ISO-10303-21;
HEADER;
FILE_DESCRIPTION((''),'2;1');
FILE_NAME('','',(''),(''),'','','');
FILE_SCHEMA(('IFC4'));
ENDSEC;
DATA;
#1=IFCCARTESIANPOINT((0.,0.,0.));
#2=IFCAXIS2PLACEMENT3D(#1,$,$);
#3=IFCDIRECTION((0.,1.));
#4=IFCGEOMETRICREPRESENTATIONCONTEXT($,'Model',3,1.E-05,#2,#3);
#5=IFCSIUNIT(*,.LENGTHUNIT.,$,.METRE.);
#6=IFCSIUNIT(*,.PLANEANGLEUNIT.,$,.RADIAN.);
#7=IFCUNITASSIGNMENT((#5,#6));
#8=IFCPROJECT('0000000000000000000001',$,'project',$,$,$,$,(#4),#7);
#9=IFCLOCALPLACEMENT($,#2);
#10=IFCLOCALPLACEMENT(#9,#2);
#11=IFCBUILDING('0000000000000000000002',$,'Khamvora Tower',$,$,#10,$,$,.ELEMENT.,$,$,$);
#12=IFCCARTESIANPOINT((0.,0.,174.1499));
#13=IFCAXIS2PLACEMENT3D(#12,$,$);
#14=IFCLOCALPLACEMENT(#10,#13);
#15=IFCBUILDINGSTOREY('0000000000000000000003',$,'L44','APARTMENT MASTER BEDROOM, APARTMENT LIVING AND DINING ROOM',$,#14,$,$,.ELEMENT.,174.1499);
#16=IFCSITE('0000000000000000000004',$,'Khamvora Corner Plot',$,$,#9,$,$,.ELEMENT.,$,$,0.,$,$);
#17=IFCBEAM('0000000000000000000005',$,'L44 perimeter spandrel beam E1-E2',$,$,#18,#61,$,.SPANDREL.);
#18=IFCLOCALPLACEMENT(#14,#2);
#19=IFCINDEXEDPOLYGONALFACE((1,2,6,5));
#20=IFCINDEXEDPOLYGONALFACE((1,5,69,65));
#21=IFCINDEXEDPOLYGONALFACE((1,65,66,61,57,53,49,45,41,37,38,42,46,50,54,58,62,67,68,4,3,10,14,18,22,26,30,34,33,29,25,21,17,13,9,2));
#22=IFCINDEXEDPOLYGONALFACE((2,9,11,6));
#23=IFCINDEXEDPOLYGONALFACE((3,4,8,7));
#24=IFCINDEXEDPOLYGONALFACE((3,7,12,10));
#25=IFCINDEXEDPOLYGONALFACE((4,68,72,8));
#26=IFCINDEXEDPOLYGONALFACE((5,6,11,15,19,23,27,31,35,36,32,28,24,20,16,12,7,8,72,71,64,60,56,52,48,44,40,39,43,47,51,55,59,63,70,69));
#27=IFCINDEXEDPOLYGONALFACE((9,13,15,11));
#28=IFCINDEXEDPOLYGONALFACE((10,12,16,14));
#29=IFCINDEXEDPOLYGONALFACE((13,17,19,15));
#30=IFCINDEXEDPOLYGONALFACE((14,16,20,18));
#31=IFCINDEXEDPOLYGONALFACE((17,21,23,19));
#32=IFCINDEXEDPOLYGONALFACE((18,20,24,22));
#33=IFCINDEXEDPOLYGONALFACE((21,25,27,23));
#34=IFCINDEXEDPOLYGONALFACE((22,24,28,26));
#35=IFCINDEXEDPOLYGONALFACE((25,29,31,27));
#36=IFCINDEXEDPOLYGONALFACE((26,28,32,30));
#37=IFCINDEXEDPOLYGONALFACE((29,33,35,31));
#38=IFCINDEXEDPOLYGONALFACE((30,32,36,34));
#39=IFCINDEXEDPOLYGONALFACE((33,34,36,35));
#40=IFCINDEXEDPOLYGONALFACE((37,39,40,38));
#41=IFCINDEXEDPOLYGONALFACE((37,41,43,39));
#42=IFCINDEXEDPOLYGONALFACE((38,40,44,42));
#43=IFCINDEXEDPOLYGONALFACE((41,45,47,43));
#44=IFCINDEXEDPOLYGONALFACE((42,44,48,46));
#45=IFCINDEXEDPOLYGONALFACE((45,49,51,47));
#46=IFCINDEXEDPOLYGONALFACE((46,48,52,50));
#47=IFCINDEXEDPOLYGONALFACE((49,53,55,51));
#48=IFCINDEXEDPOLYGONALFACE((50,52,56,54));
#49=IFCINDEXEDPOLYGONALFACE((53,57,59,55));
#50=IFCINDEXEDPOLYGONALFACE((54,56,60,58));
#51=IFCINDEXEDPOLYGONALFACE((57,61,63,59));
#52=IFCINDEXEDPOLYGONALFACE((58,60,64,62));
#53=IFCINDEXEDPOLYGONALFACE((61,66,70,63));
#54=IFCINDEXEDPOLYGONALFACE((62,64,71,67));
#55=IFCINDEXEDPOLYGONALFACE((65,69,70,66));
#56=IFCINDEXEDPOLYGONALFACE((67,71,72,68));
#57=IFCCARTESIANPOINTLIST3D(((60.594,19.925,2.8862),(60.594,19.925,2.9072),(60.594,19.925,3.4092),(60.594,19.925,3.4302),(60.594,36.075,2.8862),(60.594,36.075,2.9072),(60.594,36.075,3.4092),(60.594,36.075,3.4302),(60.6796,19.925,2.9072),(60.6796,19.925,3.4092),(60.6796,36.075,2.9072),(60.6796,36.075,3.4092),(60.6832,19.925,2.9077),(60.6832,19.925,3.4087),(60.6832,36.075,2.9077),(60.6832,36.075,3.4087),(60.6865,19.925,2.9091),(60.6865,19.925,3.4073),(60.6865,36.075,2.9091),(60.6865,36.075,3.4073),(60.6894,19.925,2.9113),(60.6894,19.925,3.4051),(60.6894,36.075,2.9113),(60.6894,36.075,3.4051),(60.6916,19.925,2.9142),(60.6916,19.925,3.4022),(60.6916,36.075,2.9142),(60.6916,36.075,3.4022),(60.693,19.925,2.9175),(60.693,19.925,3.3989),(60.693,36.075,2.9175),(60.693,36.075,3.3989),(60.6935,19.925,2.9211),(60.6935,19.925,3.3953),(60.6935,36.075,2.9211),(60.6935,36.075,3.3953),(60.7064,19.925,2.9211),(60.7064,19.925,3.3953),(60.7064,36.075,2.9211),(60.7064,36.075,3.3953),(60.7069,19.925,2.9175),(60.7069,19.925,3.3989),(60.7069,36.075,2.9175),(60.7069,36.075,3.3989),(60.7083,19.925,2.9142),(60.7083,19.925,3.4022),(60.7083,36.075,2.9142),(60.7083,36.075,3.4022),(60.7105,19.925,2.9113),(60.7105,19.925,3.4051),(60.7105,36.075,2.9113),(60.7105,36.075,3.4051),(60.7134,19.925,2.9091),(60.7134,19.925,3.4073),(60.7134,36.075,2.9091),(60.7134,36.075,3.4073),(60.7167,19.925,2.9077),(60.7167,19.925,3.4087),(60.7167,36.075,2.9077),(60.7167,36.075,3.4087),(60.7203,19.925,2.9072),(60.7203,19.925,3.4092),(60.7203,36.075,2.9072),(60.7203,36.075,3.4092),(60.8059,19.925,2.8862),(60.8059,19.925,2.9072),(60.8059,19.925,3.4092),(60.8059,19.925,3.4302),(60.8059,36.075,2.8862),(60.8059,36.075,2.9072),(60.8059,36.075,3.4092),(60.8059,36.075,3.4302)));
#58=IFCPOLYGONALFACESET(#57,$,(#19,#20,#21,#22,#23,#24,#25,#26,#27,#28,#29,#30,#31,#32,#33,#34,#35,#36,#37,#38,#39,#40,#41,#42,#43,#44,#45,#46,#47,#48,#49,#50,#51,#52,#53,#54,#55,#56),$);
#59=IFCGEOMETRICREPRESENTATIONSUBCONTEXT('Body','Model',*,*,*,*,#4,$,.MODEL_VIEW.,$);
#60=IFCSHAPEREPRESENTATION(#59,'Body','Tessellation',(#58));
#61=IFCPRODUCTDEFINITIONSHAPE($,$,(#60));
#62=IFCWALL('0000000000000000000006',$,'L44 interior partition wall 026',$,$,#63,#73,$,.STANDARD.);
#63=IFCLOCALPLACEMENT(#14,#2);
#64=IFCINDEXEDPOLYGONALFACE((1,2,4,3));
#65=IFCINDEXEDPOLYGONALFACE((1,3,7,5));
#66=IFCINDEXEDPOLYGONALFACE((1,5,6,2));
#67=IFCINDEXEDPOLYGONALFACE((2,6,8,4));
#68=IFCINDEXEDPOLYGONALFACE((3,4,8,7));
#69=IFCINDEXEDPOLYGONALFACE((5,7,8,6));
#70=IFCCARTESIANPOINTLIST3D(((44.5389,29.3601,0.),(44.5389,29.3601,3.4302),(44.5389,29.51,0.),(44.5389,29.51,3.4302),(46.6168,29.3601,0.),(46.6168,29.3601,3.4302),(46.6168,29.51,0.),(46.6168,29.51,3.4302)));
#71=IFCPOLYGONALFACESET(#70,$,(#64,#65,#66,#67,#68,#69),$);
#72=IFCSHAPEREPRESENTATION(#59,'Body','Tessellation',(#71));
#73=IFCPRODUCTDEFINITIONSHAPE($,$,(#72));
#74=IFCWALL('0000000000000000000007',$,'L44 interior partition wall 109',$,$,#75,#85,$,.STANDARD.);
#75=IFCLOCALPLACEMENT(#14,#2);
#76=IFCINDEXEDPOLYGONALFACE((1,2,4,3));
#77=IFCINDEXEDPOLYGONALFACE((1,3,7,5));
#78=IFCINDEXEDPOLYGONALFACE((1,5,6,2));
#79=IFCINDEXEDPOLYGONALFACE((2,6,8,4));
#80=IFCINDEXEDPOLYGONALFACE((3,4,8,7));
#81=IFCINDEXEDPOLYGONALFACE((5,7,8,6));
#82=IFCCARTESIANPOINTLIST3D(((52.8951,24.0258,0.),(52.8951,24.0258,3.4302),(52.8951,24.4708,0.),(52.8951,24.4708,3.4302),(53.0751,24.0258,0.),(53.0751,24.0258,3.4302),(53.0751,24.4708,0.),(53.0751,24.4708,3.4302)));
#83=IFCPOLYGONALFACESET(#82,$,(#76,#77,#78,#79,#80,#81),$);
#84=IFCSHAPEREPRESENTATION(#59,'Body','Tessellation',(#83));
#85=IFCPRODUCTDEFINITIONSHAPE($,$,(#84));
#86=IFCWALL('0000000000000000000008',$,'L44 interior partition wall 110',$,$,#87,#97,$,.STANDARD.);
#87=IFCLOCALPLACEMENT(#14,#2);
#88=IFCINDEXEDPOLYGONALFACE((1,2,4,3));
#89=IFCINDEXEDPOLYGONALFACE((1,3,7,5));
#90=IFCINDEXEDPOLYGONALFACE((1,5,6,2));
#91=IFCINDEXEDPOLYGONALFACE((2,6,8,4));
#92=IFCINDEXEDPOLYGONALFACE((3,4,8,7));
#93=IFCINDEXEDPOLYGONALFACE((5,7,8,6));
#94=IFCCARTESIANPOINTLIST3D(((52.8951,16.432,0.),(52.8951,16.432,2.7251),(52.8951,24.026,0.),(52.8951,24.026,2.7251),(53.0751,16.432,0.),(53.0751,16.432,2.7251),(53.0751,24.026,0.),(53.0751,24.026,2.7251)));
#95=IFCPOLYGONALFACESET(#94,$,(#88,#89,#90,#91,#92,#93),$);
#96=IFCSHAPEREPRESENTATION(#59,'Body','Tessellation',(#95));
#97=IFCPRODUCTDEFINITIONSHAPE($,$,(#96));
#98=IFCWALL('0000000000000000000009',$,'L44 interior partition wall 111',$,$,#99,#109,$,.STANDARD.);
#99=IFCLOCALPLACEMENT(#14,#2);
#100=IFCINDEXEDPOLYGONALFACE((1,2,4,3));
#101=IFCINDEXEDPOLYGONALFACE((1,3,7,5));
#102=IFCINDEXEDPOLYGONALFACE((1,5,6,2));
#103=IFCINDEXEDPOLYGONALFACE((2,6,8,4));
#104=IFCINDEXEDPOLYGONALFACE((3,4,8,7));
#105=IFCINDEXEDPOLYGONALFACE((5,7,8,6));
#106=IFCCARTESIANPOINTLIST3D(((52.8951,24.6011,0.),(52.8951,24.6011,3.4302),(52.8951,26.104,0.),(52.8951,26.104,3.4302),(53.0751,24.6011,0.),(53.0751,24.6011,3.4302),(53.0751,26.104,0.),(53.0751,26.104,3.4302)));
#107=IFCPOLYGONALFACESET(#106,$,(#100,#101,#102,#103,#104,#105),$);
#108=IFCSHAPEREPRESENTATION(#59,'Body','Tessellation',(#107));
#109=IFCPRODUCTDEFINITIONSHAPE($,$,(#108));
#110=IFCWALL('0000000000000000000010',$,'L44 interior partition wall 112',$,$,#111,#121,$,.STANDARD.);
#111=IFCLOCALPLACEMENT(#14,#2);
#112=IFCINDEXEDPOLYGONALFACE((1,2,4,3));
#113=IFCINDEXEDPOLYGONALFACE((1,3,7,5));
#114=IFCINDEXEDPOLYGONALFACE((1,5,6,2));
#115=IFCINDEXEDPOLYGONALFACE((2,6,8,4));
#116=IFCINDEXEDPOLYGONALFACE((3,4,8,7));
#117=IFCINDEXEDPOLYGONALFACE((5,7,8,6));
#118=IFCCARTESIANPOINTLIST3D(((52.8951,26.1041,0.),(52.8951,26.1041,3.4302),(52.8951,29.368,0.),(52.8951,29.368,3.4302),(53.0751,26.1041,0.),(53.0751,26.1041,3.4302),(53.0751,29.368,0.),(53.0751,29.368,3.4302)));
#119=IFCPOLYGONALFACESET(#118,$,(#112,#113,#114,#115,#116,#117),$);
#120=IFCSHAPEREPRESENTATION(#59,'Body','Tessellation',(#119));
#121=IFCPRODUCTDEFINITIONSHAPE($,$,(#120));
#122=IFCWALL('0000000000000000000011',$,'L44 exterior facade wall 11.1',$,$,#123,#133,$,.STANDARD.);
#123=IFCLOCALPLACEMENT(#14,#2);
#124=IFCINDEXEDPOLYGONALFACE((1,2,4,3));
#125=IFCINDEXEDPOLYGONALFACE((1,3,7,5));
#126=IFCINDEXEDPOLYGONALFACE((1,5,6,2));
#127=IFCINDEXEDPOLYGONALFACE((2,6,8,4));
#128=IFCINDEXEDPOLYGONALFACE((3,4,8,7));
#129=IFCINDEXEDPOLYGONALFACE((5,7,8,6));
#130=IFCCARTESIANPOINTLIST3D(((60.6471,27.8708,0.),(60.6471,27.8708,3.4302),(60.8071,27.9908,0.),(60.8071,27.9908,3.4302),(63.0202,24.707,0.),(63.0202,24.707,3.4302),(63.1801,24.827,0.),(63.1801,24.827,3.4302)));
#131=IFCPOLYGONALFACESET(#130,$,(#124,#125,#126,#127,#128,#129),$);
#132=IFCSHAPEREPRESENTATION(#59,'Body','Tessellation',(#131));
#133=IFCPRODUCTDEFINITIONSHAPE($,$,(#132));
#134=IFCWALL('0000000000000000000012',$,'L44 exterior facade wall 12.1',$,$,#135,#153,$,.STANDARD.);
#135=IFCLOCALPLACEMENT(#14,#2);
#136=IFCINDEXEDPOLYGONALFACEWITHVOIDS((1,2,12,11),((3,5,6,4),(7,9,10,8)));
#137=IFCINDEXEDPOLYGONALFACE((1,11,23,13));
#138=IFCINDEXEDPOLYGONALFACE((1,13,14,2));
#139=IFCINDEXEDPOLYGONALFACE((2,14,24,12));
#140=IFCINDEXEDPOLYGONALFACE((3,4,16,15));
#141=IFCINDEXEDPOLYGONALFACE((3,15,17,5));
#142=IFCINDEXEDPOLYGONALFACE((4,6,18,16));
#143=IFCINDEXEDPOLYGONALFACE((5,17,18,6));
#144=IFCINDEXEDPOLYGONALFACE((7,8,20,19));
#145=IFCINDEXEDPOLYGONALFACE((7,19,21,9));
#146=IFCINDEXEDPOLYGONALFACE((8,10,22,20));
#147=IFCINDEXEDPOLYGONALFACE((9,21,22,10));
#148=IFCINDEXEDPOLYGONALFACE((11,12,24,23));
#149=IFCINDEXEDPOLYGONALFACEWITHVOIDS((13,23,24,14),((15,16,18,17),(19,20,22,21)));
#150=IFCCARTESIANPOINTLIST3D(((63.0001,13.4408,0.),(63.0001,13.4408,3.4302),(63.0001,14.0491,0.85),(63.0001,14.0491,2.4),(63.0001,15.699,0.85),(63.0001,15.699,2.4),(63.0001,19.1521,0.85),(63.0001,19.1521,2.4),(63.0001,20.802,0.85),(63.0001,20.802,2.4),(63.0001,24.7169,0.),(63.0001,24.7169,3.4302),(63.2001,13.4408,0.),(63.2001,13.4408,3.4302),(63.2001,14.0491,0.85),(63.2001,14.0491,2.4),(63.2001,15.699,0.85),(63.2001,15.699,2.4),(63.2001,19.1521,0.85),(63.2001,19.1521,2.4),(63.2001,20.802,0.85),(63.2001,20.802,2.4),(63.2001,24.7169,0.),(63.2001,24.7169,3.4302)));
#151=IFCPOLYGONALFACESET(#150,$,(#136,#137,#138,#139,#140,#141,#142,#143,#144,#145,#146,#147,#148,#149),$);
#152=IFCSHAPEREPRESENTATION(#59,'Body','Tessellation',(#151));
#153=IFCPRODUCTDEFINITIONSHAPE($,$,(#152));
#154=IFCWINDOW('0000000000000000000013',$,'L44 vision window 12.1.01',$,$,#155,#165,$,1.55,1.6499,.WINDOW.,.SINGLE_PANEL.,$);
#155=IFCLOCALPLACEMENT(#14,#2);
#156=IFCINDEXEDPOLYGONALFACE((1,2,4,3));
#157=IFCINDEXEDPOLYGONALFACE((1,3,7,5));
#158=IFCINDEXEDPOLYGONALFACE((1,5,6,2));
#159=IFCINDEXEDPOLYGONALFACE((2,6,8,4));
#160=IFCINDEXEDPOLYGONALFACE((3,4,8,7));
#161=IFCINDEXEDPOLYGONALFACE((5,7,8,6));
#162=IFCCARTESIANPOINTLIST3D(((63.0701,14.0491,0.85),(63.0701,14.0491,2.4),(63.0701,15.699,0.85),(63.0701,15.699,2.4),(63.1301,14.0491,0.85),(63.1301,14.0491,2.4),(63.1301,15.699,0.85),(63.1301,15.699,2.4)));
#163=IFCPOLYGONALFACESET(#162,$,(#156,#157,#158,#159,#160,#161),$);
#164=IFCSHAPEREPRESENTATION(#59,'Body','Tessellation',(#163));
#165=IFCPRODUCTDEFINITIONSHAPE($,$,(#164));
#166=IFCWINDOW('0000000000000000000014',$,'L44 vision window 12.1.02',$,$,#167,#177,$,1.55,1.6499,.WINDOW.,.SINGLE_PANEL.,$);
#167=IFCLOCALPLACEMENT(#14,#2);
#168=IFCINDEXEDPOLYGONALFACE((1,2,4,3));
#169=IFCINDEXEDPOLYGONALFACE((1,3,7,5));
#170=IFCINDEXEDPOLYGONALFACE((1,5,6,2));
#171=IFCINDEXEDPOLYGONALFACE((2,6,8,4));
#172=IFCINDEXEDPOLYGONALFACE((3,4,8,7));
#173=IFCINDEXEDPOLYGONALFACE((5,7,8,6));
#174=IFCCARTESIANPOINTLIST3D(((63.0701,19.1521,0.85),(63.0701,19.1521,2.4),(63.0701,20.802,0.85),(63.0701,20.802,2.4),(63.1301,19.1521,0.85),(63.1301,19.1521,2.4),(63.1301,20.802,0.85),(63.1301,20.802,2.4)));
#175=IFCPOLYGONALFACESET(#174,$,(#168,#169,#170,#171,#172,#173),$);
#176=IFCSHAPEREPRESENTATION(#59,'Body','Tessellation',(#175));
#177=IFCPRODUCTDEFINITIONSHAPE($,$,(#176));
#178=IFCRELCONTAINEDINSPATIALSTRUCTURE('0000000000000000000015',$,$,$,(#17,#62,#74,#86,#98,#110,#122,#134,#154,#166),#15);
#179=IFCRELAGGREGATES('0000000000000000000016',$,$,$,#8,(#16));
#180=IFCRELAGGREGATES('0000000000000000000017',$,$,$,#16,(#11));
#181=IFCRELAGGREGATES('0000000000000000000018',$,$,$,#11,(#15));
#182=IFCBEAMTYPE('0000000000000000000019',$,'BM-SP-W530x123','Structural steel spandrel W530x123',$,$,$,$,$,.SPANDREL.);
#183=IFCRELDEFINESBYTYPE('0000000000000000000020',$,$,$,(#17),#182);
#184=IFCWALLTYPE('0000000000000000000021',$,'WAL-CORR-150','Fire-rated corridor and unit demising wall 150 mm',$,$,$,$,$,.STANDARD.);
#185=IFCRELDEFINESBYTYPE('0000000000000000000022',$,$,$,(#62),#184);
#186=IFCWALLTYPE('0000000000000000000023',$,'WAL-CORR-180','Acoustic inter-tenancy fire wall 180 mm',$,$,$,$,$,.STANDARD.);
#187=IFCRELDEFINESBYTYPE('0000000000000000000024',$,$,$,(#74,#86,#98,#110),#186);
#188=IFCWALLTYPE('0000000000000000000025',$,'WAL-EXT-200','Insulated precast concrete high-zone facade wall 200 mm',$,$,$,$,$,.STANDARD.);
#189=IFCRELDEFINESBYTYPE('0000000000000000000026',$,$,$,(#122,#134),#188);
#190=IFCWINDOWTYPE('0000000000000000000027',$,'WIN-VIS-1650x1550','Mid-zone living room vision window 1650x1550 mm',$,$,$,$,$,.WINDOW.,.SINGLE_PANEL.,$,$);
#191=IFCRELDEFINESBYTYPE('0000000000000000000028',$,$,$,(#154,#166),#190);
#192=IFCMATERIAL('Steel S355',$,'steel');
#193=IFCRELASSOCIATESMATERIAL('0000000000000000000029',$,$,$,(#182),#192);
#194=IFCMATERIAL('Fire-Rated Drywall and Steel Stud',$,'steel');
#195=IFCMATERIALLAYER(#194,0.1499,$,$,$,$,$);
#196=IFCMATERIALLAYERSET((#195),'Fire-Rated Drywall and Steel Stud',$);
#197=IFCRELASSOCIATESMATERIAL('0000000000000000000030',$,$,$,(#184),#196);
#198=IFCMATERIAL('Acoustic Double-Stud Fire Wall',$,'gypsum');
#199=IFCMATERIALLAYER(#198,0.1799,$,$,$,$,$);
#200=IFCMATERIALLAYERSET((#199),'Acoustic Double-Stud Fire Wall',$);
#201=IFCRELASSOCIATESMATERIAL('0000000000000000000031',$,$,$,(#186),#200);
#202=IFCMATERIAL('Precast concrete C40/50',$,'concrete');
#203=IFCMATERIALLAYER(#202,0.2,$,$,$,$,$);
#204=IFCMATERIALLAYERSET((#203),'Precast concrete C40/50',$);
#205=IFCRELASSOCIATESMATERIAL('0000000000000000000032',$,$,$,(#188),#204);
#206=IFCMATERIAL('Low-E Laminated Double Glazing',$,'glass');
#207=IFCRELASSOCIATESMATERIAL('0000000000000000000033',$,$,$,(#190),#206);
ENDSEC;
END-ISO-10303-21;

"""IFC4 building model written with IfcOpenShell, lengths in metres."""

from ifc_helpers import new_model, si_unit, direction, frame, frame_2d, origin, origin_2d, place, context, subcontext, project, spatial, rectangle, i_section, extrude, material, layer, layer_set, material_profile, profile_set, type_object, element, fill, save


model = new_model("IFC4")

# Units and contexts
model_context = context("Model", 3, precision=1e-05, world=origin(), true_north=direction((0.0, 1.0)))
body_context = subcontext(model_context, "Body", "Model", "MODEL_VIEW")
ifc_project = project(units=[si_unit("LENGTHUNIT", "METRE"), si_unit("PLANEANGLEUNIT", "RADIAN")], contexts=[model_context])

# Site, building, storey
site_placement = place(None, origin())
site = spatial("IfcSite", under=ifc_project, at=site_placement, Name="Khamvora Corner Plot", CompositionType="ELEMENT", RefElevation=0.0)
building_placement = place(site_placement, origin())
building = spatial("IfcBuilding", under=site, at=building_placement, Name="Khamvora Tower", CompositionType="ELEMENT")
storey_placement = place(building_placement, frame((0.0, 0.0, 174.1499)))
storey = spatial("IfcBuildingStorey", under=building, at=storey_placement, Name="L44", Description="APARTMENT MASTER BEDROOM, APARTMENT LIVING AND DINING ROOM", CompositionType="ELEMENT", Elevation=174.1499)

# Beam
ifc_material_1 = material(Name="Steel S355", Category="steel")
ifc_material_profile = material_profile(ifc_material_1, i_section(OverallWidth=0.2119, OverallDepth=0.5439, WebThickness=0.0129, FlangeThickness=0.021, FilletRadius=0.0139, at=origin_2d()), Name="W530x123")
ifc_profile_set = profile_set([ifc_material_profile], Name="Steel S355")
beam_type = type_object("IfcBeamType", Name="BM-SP-W530x123", Description="Structural steel spandrel W530x123", PredefinedType="SPANDREL", material=ifc_profile_set)
beam_placement = place(storey_placement, frame((60.7, 19.925, 3.1582), z_axis=(0.0, 1.0, 0.0), x_axis=(-1.0, 0.0, 0.0)))
element("IfcBeam", 1, at=beam_placement, inside=storey, type_object=beam_type, Name="L44 perimeter spandrel beam E1-E2", PredefinedType="SPANDREL", context=body_context, shape_type="SweptSolid", body=[
    extrude(i_section(OverallWidth=0.2119, OverallDepth=0.5439, WebThickness=0.0129, FlangeThickness=0.021, FilletRadius=0.0139, at=origin_2d()), origin(), (0.0, 0.0, 1.0), 16.1499),
])

# Walls
ifc_material_2 = material(Name="Fire-Rated Drywall and Steel Stud", Category="steel")
ifc_layer_1 = layer(ifc_material_2, 0.1499)
ifc_layer_set_1 = layer_set([ifc_layer_1], Name="Fire-Rated Drywall and Steel Stud")
wall_type_1 = type_object("IfcWallType", Name="WAL-CORR-150", Description="Fire-rated corridor and unit demising wall 150 mm", PredefinedType="STANDARD", material=ifc_layer_set_1)
wall_1_placement = place(storey_placement, frame((46.6169, 29.4351, 0.0), z_axis=(0.0, 0.0, 1.0), x_axis=(-1.0, 0.0, 0.0)))
element("IfcWall", 2, at=wall_1_placement, inside=storey, type_object=wall_type_1, Name="L44 interior partition wall 026", PredefinedType="STANDARD", context=body_context, shape_type="SweptSolid", body=[
    extrude(rectangle(XDim=2.0779, YDim=0.1499, at=frame_2d((1.0391, 0.0))), origin(), (0.0, 0.0, 1.0), 3.4302),
])
ifc_material_3 = material(Name="Acoustic Double-Stud Fire Wall", Category="gypsum")
ifc_layer_2 = layer(ifc_material_3, 0.1799)
ifc_layer_set_2 = layer_set([ifc_layer_2], Name="Acoustic Double-Stud Fire Wall")
wall_type_2 = type_object("IfcWallType", Name="WAL-CORR-180", Description="Acoustic inter-tenancy fire wall 180 mm", PredefinedType="STANDARD", material=ifc_layer_set_2)
wall_2_placement = place(storey_placement, frame((52.9851, 24.4709, 0.0), z_axis=(0.0, 0.0, 1.0), x_axis=(0.0, -1.0, 0.0)))
element("IfcWall", 3, at=wall_2_placement, inside=storey, type_object=wall_type_2, Name="L44 interior partition wall 109", PredefinedType="STANDARD", context=body_context, shape_type="SweptSolid", body=[
    extrude(rectangle(XDim=0.4451, YDim=0.1799, at=frame_2d((0.2227, 0.0))), origin(), (0.0, 0.0, 1.0), 3.4302),
])
wall_3_placement = place(storey_placement, frame((52.9851, 24.0259, 0.0), z_axis=(0.0, 0.0, 1.0), x_axis=(0.0, -1.0, 0.0)))
element("IfcWall", 4, at=wall_3_placement, inside=storey, type_object=wall_type_2, Name="L44 interior partition wall 110", PredefinedType="STANDARD", context=body_context, shape_type="SweptSolid", body=[
    extrude(rectangle(XDim=7.594, YDim=0.1799, at=frame_2d((3.7969, 0.0))), origin(), (0.0, 0.0, 1.0), 2.7251),
])
wall_4_placement = place(storey_placement, frame((52.9851, 26.104, 0.0), z_axis=(0.0, 0.0, 1.0), x_axis=(0.0, -1.0, 0.0)))
element("IfcWall", 5, at=wall_4_placement, inside=storey, type_object=wall_type_2, Name="L44 interior partition wall 111", PredefinedType="STANDARD", context=body_context, shape_type="SweptSolid", body=[
    extrude(rectangle(XDim=1.5029, YDim=0.1799, at=frame_2d((0.7515, 0.0))), origin(), (0.0, 0.0, 1.0), 3.4302),
])
wall_5_placement = place(storey_placement, frame((52.9851, 29.3679, 0.0), z_axis=(0.0, 0.0, 1.0), x_axis=(0.0, -1.0, 0.0)))
element("IfcWall", 6, at=wall_5_placement, inside=storey, type_object=wall_type_2, Name="L44 interior partition wall 112", PredefinedType="STANDARD", context=body_context, shape_type="SweptSolid", body=[
    extrude(rectangle(XDim=3.2639, YDim=0.1799, at=frame_2d((1.6318, 0.0))), origin(), (0.0, 0.0, 1.0), 3.4302),
])
ifc_material_4 = material(Name="Precast concrete C40/50", Category="concrete")
ifc_layer_3 = layer(ifc_material_4, 0.2)
ifc_layer_set_3 = layer_set([ifc_layer_3], Name="Precast concrete C40/50")
wall_type_3 = type_object("IfcWallType", Name="WAL-EXT-200", Description="Insulated precast concrete high-zone facade wall 200 mm", PredefinedType="STANDARD", material=ifc_layer_set_3)
wall_6_placement = place(storey_placement, frame((60.7271, 27.9309, 0.0), z_axis=(0.0, 0.0, 1.0), x_axis=(0.60003, -0.799978, 0.0)))
element("IfcWall", 7, at=wall_6_placement, inside=storey, type_object=wall_type_3, Name="L44 exterior facade wall 11.1", PredefinedType="STANDARD", context=body_context, shape_type="SweptSolid", body=[
    extrude(rectangle(XDim=3.9548, YDim=0.2, at=frame_2d((1.9775, 0.0))), origin(), (0.0, 0.0, 1.0), 3.4302),
])

# Wall, openings, windows
wall_7_placement = place(storey_placement, frame((63.1001, 24.717, 0.0), z_axis=(0.0, 0.0, 1.0), x_axis=(0.0, -1.0, 0.0)))
wall_7 = element("IfcWall", 8, at=wall_7_placement, inside=storey, type_object=wall_type_3, Name="L44 exterior facade wall 12.1", PredefinedType="STANDARD", context=body_context, shape_type="SweptSolid", body=[
    extrude(rectangle(XDim=11.2761, YDim=0.2, at=frame_2d((5.6382, 0.0))), origin(), (0.0, 0.0, 1.0), 3.4302),
])
opening_1_placement = place(wall_7_placement, frame((9.0181, 0.0, 0.8501)))
opening_1 = element("IfcOpeningElement", 9, at=opening_1_placement, cuts=wall_7, PredefinedType="OPENING", context=body_context, shape_type="SweptSolid", body=[
    extrude(rectangle(XDim=1.6499, YDim=1.55, at=frame_2d((0.825, 0.7749))), frame((0.0, 0.1099, 0.0), z_axis=(0.0, -1.0, 0.0), x_axis=(1.0, 0.0, 0.0)), (0.0, 0.0, 1.0), 0.22),
])
opening_2_placement = place(wall_7_placement, frame((3.915, 0.0, 0.8501)))
opening_2 = element("IfcOpeningElement", 10, at=opening_2_placement, cuts=wall_7, PredefinedType="OPENING", context=body_context, shape_type="SweptSolid", body=[
    extrude(rectangle(XDim=1.6499, YDim=1.55, at=frame_2d((0.825, 0.7749))), frame((0.0, 0.1099, 0.0), z_axis=(0.0, -1.0, 0.0), x_axis=(1.0, 0.0, 0.0)), (0.0, 0.0, 1.0), 0.22),
])
ifc_material_5 = material(Name="Low-E Laminated Double Glazing", Category="glass")
window_type = type_object("IfcWindowType", Name="WIN-VIS-1650x1550", Description="Mid-zone living room vision window 1650x1550 mm", PartitioningType="SINGLE_PANEL", PredefinedType="WINDOW", material=ifc_material_5)
window_1_placement = place(opening_1_placement, origin())
window_1 = element("IfcWindow", 11, at=window_1_placement, inside=storey, type_object=window_type, Name="L44 vision window 12.1.01", OverallHeight=1.55, OverallWidth=1.6499, PartitioningType="SINGLE_PANEL", PredefinedType="WINDOW", context=body_context, shape_type="SweptSolid", body=[
    extrude(rectangle(XDim=1.6499, YDim=1.55, at=frame_2d((0.825, 0.7749))), frame((0.0, 0.03, 0.0), z_axis=(0.0, -1.0, 0.0), x_axis=(1.0, 0.0, 0.0)), (0.0, 0.0, 1.0), 0.0601),
])
fill(opening_1, window_1)
window_2_placement = place(opening_2_placement, origin())
window_2 = element("IfcWindow", 12, at=window_2_placement, inside=storey, type_object=window_type, Name="L44 vision window 12.1.02", OverallHeight=1.55, OverallWidth=1.6499, PartitioningType="SINGLE_PANEL", PredefinedType="WINDOW", context=body_context, shape_type="SweptSolid", body=[
    extrude(rectangle(XDim=1.6499, YDim=1.55, at=frame_2d((0.825, 0.7749))), frame((0.0, 0.03, 0.0), z_axis=(0.0, -1.0, 0.0), x_axis=(1.0, 0.0, 0.0)), (0.0, 0.0, 1.0), 0.0601),
])
fill(opening_2, window_2)

save(model, "model.ifc")
